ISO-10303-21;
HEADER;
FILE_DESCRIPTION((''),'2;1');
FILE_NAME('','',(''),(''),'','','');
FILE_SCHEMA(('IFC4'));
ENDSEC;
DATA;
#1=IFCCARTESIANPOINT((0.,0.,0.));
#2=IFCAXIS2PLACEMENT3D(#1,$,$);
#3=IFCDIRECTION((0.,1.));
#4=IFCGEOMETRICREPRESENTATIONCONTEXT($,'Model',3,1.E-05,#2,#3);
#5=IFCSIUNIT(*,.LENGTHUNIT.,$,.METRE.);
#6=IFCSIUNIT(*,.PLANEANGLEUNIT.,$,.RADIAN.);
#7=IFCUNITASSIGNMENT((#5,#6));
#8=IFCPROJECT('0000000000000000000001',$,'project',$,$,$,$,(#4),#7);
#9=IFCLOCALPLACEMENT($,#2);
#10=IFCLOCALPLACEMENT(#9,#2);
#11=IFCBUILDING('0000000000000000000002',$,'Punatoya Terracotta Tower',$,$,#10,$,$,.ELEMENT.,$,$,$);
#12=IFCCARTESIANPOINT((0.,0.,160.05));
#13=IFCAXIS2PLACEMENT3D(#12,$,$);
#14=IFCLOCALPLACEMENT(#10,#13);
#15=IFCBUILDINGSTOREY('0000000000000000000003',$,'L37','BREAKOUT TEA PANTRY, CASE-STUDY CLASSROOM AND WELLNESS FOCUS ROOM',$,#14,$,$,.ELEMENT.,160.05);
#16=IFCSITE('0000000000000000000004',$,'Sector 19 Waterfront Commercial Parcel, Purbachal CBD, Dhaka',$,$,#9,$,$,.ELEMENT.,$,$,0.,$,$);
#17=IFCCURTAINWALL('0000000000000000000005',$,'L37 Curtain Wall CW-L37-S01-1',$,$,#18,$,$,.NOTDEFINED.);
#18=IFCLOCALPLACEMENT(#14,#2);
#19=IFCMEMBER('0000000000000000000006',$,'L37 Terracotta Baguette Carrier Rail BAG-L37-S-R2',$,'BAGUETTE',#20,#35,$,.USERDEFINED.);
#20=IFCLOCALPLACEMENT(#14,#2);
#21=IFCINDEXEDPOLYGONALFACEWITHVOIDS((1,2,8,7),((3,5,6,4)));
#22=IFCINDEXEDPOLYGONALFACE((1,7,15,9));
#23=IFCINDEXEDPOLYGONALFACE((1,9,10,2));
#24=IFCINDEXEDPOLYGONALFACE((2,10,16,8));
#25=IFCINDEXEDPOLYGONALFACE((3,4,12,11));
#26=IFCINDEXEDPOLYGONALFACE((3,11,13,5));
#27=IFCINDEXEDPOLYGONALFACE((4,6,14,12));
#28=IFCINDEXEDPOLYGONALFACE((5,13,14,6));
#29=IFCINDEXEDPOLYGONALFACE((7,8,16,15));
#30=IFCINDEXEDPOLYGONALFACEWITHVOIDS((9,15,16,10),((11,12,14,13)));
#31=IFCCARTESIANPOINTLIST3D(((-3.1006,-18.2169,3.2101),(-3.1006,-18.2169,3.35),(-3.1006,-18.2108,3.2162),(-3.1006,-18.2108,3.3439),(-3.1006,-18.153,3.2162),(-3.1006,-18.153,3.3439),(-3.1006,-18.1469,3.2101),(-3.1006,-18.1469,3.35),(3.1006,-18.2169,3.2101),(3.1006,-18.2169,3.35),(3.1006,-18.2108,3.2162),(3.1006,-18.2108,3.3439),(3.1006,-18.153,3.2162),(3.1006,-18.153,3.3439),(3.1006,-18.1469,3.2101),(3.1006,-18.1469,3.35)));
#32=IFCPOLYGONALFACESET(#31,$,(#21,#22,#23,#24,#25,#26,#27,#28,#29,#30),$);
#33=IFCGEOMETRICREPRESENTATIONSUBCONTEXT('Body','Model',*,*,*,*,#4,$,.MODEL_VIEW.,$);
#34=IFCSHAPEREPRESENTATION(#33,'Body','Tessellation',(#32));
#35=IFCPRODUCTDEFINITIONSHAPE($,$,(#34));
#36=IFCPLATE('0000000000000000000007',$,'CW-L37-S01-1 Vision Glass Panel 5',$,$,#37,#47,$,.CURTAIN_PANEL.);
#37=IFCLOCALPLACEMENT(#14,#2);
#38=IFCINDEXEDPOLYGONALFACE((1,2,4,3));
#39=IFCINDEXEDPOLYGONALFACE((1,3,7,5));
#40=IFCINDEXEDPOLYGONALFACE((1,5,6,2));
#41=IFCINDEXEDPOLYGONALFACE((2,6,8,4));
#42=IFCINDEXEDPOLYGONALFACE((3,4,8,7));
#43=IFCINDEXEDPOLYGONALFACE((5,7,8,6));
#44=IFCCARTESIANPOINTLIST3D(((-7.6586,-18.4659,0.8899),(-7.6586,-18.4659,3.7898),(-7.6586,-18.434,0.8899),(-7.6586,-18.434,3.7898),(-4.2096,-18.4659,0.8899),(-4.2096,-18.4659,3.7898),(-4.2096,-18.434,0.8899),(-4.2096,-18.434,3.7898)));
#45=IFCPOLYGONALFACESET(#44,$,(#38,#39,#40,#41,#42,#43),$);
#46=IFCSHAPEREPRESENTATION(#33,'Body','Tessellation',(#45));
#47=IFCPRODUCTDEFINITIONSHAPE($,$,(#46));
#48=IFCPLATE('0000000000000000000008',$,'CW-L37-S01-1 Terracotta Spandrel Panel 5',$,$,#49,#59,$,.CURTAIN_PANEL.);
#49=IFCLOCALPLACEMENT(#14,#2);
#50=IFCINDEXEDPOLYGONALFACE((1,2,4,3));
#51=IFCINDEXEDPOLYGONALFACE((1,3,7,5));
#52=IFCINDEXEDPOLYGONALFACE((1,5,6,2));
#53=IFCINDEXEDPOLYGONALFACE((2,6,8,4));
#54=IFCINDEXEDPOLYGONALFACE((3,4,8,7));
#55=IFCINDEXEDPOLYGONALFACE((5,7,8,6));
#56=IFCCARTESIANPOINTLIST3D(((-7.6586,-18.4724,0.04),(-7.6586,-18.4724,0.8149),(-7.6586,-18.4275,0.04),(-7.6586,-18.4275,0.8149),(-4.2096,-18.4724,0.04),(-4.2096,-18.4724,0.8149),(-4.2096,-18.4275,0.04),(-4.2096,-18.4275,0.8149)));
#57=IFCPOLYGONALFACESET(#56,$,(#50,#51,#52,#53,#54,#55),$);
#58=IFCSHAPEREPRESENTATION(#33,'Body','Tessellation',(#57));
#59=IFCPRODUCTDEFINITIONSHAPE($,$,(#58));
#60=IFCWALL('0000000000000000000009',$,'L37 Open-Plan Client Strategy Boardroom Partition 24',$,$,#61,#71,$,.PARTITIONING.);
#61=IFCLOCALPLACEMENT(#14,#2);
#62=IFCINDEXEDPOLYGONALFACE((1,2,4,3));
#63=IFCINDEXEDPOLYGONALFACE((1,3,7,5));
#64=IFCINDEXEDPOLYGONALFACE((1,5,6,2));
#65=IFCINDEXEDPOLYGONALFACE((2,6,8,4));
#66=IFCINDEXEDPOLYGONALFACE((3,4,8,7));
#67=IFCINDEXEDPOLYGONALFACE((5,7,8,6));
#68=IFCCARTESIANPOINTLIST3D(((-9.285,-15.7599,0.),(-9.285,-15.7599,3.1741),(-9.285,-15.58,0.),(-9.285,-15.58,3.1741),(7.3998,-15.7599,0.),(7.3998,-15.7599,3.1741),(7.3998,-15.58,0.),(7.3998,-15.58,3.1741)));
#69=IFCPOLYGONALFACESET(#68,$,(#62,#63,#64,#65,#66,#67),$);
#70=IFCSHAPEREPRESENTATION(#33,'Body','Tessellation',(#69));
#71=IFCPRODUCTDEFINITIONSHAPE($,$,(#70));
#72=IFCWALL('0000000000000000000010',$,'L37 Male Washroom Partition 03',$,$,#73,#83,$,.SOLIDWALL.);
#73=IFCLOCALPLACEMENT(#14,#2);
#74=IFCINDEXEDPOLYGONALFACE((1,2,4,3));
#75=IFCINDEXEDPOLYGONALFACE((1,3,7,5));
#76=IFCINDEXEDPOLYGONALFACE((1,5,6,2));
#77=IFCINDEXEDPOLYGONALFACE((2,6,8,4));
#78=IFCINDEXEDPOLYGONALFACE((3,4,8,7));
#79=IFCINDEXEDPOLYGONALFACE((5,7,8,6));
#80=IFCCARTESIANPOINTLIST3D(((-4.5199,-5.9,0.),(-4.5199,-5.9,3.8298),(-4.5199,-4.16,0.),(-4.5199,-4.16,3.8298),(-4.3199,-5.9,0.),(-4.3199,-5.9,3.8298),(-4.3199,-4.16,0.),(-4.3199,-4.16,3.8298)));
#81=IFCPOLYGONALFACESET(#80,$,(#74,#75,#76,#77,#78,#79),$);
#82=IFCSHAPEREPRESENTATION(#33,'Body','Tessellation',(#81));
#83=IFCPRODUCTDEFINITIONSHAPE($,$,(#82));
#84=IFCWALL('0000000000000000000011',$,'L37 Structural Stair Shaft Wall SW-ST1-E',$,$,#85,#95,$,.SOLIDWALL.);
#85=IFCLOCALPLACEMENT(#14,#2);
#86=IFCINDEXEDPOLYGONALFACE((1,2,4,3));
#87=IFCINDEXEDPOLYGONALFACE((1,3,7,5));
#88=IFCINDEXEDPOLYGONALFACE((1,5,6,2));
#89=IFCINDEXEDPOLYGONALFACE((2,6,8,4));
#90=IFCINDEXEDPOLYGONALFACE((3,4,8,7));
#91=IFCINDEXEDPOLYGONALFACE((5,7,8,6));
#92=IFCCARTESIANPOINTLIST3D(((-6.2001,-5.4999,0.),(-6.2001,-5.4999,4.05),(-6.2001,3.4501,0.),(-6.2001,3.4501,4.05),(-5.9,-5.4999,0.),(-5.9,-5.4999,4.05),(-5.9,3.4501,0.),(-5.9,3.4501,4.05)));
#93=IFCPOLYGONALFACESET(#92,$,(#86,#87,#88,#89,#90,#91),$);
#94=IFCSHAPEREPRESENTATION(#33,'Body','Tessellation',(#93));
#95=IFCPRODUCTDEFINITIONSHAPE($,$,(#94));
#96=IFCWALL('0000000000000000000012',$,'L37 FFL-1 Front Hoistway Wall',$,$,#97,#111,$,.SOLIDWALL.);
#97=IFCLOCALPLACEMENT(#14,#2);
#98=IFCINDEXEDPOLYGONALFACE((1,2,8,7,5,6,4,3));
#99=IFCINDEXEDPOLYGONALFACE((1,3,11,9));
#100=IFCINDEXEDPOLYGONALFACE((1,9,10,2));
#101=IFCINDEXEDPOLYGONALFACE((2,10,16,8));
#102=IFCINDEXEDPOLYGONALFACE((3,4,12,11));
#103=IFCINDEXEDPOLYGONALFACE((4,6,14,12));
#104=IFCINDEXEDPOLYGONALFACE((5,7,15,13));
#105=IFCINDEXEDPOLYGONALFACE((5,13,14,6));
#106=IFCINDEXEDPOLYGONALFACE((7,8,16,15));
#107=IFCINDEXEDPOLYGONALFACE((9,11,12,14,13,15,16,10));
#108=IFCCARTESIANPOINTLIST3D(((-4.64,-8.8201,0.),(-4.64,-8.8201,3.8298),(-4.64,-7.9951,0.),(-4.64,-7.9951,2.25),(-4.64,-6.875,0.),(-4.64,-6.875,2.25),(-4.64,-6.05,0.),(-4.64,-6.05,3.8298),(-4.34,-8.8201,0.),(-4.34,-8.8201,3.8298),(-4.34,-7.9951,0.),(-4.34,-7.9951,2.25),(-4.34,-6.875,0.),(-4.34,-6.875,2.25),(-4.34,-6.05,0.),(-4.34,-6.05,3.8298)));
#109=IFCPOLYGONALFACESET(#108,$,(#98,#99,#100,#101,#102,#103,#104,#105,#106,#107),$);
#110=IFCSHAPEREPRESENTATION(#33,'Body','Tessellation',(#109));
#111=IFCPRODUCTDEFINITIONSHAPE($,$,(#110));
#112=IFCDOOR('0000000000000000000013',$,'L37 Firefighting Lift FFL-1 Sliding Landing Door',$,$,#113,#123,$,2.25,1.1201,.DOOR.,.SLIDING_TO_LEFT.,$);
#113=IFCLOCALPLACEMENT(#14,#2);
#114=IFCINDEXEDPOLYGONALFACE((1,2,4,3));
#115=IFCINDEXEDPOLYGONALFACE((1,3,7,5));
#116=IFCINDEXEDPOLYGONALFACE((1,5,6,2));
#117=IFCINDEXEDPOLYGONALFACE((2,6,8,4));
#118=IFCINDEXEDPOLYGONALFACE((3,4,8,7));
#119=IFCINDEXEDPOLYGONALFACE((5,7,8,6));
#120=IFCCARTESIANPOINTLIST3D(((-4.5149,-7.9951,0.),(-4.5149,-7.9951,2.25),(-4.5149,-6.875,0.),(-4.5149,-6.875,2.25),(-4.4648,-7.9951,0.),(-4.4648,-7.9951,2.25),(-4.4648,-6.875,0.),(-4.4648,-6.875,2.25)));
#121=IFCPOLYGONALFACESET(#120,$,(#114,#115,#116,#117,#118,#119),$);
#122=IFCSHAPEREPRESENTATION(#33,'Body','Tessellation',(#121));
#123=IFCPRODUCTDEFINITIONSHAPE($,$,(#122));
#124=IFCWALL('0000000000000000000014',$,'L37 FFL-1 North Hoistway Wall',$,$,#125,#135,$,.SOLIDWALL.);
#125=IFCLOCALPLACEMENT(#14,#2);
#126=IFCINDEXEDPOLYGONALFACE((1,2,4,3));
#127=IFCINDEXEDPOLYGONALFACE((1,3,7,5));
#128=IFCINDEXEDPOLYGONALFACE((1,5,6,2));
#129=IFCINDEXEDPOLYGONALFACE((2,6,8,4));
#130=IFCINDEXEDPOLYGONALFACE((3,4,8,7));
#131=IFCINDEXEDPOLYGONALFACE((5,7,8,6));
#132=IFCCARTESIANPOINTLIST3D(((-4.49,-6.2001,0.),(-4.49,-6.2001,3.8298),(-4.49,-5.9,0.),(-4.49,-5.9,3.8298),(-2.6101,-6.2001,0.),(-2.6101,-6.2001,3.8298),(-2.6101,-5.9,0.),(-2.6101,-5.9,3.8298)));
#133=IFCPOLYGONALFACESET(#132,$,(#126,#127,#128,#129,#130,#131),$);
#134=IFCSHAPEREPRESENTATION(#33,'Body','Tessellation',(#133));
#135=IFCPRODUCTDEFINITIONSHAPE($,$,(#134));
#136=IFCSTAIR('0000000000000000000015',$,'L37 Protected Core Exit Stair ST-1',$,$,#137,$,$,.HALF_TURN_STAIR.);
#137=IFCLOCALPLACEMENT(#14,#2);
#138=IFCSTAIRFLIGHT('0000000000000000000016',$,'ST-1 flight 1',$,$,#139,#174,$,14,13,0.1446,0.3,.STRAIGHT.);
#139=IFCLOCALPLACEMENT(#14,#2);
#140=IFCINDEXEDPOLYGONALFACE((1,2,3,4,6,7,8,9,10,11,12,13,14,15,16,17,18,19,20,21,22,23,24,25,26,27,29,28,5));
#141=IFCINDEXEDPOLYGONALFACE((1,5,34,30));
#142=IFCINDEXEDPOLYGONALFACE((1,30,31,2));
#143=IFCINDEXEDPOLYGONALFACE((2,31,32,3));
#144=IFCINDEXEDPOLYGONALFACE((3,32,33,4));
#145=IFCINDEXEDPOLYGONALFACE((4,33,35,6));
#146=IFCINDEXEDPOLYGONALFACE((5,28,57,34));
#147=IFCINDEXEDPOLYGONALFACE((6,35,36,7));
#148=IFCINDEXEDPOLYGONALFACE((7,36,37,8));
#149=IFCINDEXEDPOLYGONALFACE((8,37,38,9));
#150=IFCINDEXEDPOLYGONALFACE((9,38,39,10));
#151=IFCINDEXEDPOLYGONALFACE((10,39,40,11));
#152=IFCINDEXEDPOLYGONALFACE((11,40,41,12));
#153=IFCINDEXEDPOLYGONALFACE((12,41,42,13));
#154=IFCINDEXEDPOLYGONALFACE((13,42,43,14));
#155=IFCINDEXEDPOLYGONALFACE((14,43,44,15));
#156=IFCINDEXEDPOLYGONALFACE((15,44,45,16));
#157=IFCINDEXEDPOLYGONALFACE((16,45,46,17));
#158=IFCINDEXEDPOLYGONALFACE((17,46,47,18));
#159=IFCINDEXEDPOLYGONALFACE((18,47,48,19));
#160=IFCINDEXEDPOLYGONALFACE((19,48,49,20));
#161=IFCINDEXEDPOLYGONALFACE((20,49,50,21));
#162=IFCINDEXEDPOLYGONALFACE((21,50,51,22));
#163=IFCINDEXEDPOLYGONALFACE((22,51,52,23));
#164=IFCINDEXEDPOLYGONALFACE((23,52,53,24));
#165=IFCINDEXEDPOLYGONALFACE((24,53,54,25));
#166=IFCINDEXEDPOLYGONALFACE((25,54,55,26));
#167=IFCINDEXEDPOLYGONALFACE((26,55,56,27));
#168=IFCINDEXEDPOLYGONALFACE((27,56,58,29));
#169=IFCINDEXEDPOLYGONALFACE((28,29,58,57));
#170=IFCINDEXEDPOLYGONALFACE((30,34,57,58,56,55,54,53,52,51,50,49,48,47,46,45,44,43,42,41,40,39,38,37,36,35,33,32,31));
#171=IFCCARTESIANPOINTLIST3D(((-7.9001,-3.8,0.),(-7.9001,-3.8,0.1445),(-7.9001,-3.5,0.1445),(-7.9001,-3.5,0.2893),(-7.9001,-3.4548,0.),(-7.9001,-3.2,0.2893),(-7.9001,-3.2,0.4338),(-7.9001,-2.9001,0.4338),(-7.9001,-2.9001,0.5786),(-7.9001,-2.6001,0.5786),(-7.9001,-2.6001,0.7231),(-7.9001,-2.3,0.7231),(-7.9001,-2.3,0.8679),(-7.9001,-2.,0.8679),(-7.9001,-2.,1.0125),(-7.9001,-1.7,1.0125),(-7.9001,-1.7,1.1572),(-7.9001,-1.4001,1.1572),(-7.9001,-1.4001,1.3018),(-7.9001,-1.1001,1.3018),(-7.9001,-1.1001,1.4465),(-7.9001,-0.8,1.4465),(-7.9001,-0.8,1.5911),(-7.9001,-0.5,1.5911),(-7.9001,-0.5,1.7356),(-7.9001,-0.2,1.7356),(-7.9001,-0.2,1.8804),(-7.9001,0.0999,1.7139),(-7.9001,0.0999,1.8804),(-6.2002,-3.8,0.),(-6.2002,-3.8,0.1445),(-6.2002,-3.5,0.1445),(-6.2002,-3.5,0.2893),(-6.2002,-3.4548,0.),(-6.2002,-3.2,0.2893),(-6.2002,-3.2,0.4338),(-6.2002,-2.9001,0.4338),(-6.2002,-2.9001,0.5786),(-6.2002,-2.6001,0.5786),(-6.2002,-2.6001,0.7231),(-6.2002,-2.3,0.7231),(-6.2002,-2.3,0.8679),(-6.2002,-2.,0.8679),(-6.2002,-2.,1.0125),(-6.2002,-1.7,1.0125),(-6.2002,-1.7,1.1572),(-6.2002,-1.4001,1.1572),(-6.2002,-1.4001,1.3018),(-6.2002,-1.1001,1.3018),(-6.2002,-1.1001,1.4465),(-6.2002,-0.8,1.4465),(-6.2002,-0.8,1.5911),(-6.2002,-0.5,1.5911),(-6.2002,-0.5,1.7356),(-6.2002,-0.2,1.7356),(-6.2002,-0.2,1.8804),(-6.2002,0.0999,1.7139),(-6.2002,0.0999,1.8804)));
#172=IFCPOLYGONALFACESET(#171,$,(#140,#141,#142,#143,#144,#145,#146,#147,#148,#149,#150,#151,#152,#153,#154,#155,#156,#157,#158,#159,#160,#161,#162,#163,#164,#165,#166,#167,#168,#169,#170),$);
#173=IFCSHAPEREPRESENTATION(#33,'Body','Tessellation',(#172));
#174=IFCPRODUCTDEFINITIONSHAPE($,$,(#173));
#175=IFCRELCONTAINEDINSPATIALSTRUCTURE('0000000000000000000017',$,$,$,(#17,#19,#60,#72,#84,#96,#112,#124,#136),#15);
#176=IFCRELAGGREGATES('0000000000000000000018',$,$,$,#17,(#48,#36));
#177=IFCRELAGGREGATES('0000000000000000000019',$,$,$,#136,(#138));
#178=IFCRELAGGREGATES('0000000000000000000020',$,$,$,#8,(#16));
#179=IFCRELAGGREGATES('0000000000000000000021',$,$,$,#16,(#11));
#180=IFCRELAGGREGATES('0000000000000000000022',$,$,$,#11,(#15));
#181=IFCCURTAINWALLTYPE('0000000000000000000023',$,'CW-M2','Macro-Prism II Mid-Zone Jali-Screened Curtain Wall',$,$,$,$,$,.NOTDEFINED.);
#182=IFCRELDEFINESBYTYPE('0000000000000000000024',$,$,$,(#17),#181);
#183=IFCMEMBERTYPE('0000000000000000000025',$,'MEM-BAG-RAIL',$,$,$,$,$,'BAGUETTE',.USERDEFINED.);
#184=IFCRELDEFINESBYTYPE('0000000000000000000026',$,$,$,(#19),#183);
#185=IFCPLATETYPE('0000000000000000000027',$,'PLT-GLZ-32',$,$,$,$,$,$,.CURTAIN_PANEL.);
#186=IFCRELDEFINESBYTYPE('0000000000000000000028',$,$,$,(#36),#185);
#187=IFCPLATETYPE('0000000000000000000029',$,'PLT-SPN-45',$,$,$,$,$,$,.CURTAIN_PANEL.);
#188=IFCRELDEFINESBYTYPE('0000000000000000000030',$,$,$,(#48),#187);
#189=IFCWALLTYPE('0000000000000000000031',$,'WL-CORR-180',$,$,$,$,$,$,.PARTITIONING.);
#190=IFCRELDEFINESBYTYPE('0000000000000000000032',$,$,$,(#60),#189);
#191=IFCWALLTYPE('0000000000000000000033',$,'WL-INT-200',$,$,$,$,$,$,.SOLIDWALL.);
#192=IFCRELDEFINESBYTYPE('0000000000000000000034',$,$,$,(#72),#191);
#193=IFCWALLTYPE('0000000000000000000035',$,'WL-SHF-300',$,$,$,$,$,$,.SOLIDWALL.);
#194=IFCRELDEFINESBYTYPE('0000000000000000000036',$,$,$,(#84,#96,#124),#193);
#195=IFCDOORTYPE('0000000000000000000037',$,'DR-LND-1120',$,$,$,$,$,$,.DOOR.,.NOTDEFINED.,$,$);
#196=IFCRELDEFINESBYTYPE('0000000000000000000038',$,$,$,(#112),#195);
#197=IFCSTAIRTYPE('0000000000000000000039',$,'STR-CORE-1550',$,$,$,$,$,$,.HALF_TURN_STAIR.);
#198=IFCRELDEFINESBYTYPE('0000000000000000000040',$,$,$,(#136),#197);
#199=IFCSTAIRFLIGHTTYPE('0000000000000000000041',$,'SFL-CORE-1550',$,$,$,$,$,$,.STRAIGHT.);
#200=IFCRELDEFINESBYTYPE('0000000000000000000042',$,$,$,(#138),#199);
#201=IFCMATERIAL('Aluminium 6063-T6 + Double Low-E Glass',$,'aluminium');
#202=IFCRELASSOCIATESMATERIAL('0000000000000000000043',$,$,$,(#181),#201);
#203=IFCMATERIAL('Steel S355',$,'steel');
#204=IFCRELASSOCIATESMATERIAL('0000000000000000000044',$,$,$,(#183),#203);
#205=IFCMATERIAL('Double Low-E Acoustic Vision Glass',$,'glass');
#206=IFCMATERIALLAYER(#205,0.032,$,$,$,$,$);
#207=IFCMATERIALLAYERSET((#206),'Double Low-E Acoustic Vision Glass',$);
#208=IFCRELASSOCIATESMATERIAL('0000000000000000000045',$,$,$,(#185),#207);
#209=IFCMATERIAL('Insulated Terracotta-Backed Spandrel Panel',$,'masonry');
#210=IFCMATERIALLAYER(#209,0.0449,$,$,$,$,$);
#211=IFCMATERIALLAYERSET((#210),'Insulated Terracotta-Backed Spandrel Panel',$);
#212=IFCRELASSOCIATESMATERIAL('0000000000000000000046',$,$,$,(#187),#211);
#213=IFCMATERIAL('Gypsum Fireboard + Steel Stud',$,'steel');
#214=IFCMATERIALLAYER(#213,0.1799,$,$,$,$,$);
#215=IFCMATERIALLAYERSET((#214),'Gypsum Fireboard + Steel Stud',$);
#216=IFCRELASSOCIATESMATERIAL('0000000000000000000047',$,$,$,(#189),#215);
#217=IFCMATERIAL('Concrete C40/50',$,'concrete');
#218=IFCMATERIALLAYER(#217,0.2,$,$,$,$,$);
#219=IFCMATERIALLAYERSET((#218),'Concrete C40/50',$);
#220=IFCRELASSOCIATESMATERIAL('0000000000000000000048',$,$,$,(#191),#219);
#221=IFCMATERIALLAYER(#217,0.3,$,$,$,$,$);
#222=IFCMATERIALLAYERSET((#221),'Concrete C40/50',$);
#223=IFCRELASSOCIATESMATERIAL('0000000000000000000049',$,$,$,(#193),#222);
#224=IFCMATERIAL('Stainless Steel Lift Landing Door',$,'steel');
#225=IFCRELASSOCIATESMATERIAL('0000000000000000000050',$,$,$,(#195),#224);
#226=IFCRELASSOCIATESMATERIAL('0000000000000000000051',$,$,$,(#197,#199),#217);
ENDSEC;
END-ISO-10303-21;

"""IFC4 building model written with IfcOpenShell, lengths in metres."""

from ifc_helpers import new_model, si_unit, direction, frame, frame_2d, origin, origin_2d, place, context, subcontext, project, spatial, polyline, rectangle, hollow_rectangle, outline, extrude, material, layer, layer_set, material_profile, profile_set, type_object, element, fill, aggregate, save


model = new_model("IFC4")

# Units and contexts
model_context = context("Model", 3, precision=1e-05, world=origin(), true_north=direction((0.0, 1.0)))
body_context = subcontext(model_context, "Body", "Model", "MODEL_VIEW")
ifc_project = project(units=[si_unit("LENGTHUNIT", "METRE"), si_unit("PLANEANGLEUNIT", "RADIAN")], contexts=[model_context])

# Site, building, storey
site_placement = place(None, origin())
site = spatial("IfcSite", under=ifc_project, at=site_placement, Name="Sector 19 Waterfront Commercial Parcel, Purbachal CBD, Dhaka", CompositionType="ELEMENT", RefElevation=0.0)
building_placement = place(site_placement, origin())
building = spatial("IfcBuilding", under=site, at=building_placement, Name="Punatoya Terracotta Tower", CompositionType="ELEMENT")
storey_placement = place(building_placement, frame((0.0, 0.0, 160.05)))
storey = spatial("IfcBuildingStorey", under=building, at=storey_placement, Name="L37", Description="BREAKOUT TEA PANTRY, CASE-STUDY CLASSROOM AND WELLNESS FOCUS ROOM", CompositionType="ELEMENT", Elevation=160.05)

# Shared definitions
ifc_material_1 = material(Name="Steel S355", Category="steel")

# Curtain wall
ifc_material_2 = material(Name="Aluminium 6063-T6 + Double Low-E Glass", Category="aluminium")
curtain_wall_type = type_object("IfcCurtainWallType", Name="CW-M2", Description="Macro-Prism II Mid-Zone Jali-Screened Curtain Wall", PredefinedType="NOTDEFINED", material=ifc_material_2)
curtain_wall_placement = place(storey_placement, origin())
curtain_wall = element("IfcCurtainWall", 1, at=curtain_wall_placement, inside=storey, type_object=curtain_wall_type, Name="L37 Curtain Wall CW-L37-S01-1", PredefinedType="NOTDEFINED")

# Member
ifc_material_profile_1 = material_profile(ifc_material_1, hollow_rectangle(XDim=0.0701, YDim=0.1399, WallThickness=0.0061, at=origin_2d()))
ifc_profile_set_1 = profile_set([ifc_material_profile_1], Name="Steel S355")
member_type_1 = type_object("IfcMemberType", Name="MEM-BAG-RAIL", ElementType="BAGUETTE", PredefinedType="USERDEFINED", material=ifc_profile_set_1)
for number, where, z_axis, x_axis, name in (
    (2, (-3.1006, -18.1819, 3.28), (1.0, 0.0, 0.0), (0.0, 1.0, 0.0), "L37 Terracotta Baguette Carrier Rail BAG-L37-S-R2"),
):
    element("IfcMember", number, at=place(storey_placement, frame(where, z_axis=z_axis, x_axis=x_axis)), inside=storey, type_object=member_type_1, Name=name, ObjectType="BAGUETTE", PredefinedType="USERDEFINED", context=body_context, shape_type="SweptSolid", body=[
        extrude(hollow_rectangle(XDim=0.0701, YDim=0.1399, WallThickness=0.0061, at=origin_2d()), origin(), (0.0, 0.0, 1.0), 6.2012),
    ])

# Plates
ifc_material_3 = material(Name="Double Low-E Acoustic Vision Glass", Category="glass")
ifc_layer_1 = layer(ifc_material_3, 0.032)
ifc_layer_set_1 = layer_set([ifc_layer_1], Name="Double Low-E Acoustic Vision Glass")
plate_type_1 = type_object("IfcPlateType", Name="PLT-GLZ-32", PredefinedType="CURTAIN_PANEL", material=ifc_layer_set_1)
plate_1_placement = place(storey_placement, frame((-5.9341, -18.45, 0.8899), z_axis=(0.0, 0.0, 1.0), x_axis=(1.0, 0.0, 0.0)))
plate_1 = element("IfcPlate", 3, at=plate_1_placement, type_object=plate_type_1, Name="CW-L37-S01-1 Vision Glass Panel 5", PredefinedType="CURTAIN_PANEL", context=body_context, shape_type="SweptSolid", body=[
    extrude(rectangle(XDim=3.449, YDim=0.032, at=origin_2d()), origin(), (0.0, 0.0, 1.0), 2.8999),
])
ifc_material_4 = material(Name="Insulated Terracotta-Backed Spandrel Panel", Category="masonry")
ifc_layer_2 = layer(ifc_material_4, 0.0449)
ifc_layer_set_2 = layer_set([ifc_layer_2], Name="Insulated Terracotta-Backed Spandrel Panel")
plate_type_2 = type_object("IfcPlateType", Name="PLT-SPN-45", PredefinedType="CURTAIN_PANEL", material=ifc_layer_set_2)
plate_2_placement = place(storey_placement, frame((-5.9341, -18.45, 0.04), z_axis=(0.0, 0.0, 1.0), x_axis=(1.0, 0.0, 0.0)))
plate_2 = element("IfcPlate", 4, at=plate_2_placement, type_object=plate_type_2, Name="CW-L37-S01-1 Terracotta Spandrel Panel 5", PredefinedType="CURTAIN_PANEL", context=body_context, shape_type="SweptSolid", body=[
    extrude(rectangle(XDim=3.449, YDim=0.0449, at=origin_2d()), origin(), (0.0, 0.0, 1.0), 0.7749),
])
aggregate(curtain_wall, [plate_2, plate_1])

# Walls
ifc_material_5 = material(Name="Gypsum Fireboard + Steel Stud", Category="steel")
ifc_layer_3 = layer(ifc_material_5, 0.1799)
ifc_layer_set_3 = layer_set([ifc_layer_3], Name="Gypsum Fireboard + Steel Stud")
wall_type_1 = type_object("IfcWallType", Name="WL-CORR-180", PredefinedType="PARTITIONING", material=ifc_layer_set_3)
wall_1_placement = place(storey_placement, frame((-9.2849, -15.6699, 0.0), z_axis=(0.0, 0.0, 1.0), x_axis=(1.0, 0.0, 0.0)))
element("IfcWall", 5, at=wall_1_placement, inside=storey, type_object=wall_type_1, Name="L37 Open-Plan Client Strategy Boardroom Partition 24", PredefinedType="PARTITIONING", context=body_context, shape_type="SweptSolid", body=[
    extrude(rectangle(XDim=16.6848, YDim=0.1799, at=frame_2d((8.3423, 0.0))), origin(), (0.0, 0.0, 1.0), 3.1741),
])
ifc_material_6 = material(Name="Concrete C40/50", Category="concrete")
ifc_layer_4 = layer(ifc_material_6, 0.2)
ifc_layer_set_4 = layer_set([ifc_layer_4], Name="Concrete C40/50")
wall_type_2 = type_object("IfcWallType", Name="WL-INT-200", PredefinedType="SOLIDWALL", material=ifc_layer_set_4)
wall_2_placement = place(storey_placement, frame((-4.4199, -4.1599, 0.0), z_axis=(0.0, 0.0, 1.0), x_axis=(0.0, -1.0, 0.0)))
element("IfcWall", 6, at=wall_2_placement, inside=storey, type_object=wall_type_2, Name="L37 Male Washroom Partition 03", PredefinedType="SOLIDWALL", context=body_context, shape_type="SweptSolid", body=[
    extrude(rectangle(XDim=1.74, YDim=0.2, at=frame_2d((0.8701, 0.0))), origin(), (0.0, 0.0, 1.0), 3.8298),
])
ifc_layer_5 = layer(ifc_material_6, 0.3)
ifc_layer_set_5 = layer_set([ifc_layer_5], Name="Concrete C40/50")
wall_type_3 = type_object("IfcWallType", Name="WL-SHF-300", PredefinedType="SOLIDWALL", material=ifc_layer_set_5)
wall_3_placement = place(storey_placement, frame((-6.05, -5.5, 0.0), z_axis=(0.0, 0.0, 1.0), x_axis=(0.0, 1.0, 0.0)))
element("IfcWall", 7, at=wall_3_placement, inside=storey, type_object=wall_type_3, Name="L37 Structural Stair Shaft Wall SW-ST1-E", PredefinedType="SOLIDWALL", context=body_context, shape_type="SweptSolid", body=[
    extrude(rectangle(XDim=8.95, YDim=0.3, at=frame_2d((4.4751, 0.0))), origin(), (0.0, 0.0, 1.0), 4.05),
])

# Wall, opening, door
wall_4_placement = place(storey_placement, frame((-4.49, -8.8201, 0.0), z_axis=(0.0, 0.0, 1.0), x_axis=(0.0, 1.0, 0.0)))
wall_4 = element("IfcWall", 8, at=wall_4_placement, inside=storey, type_object=wall_type_3, Name="L37 FFL-1 Front Hoistway Wall", PredefinedType="SOLIDWALL", context=body_context, shape_type="SweptSolid", body=[
    extrude(rectangle(XDim=2.77, YDim=0.3, at=frame_2d((1.385, 0.0))), origin(), (0.0, 0.0, 1.0), 3.8298),
])
opening_placement = place(wall_4_placement, frame((0.825, 0.0, 0.0)))
opening = element("IfcOpeningElement", 9, at=opening_placement, cuts=wall_4, PredefinedType="OPENING", context=body_context, shape_type="SweptSolid", body=[
    extrude(rectangle(XDim=1.1201, YDim=2.25, at=frame_2d((0.5601, 1.125))), frame((0.0, 0.1599, 0.0), z_axis=(0.0, -1.0, 0.0), x_axis=(1.0, 0.0, 0.0)), (0.0, 0.0, 1.0), 0.3201),
])
ifc_material_7 = material(Name="Stainless Steel Lift Landing Door", Category="steel")
door_type = type_object("IfcDoorType", Name="DR-LND-1120", OperationType="NOTDEFINED", PredefinedType="DOOR", material=ifc_material_7)
door_placement = place(opening_placement, origin())
door = element("IfcDoor", 10, at=door_placement, inside=storey, type_object=door_type, Name="L37 Firefighting Lift FFL-1 Sliding Landing Door", OperationType="SLIDING_TO_LEFT", OverallHeight=2.25, OverallWidth=1.1201, PredefinedType="DOOR", context=body_context, shape_type="SweptSolid", body=[
    extrude(rectangle(XDim=1.1201, YDim=2.25, at=frame_2d((0.5601, 1.125))), frame((0.0, 0.0249, 0.0), z_axis=(0.0, -1.0, 0.0), x_axis=(1.0, 0.0, 0.0)), (0.0, 0.0, 1.0), 0.05),
])
fill(opening, door)

# Wall
wall_5_placement = place(storey_placement, frame((-4.49, -6.05, 0.0), z_axis=(0.0, 0.0, 1.0), x_axis=(1.0, 0.0, 0.0)))
element("IfcWall", 11, at=wall_5_placement, inside=storey, type_object=wall_type_3, Name="L37 FFL-1 North Hoistway Wall", PredefinedType="SOLIDWALL", context=body_context, shape_type="SweptSolid", body=[
    extrude(rectangle(XDim=1.8799, YDim=0.3, at=frame_2d((0.9399, 0.0))), origin(), (0.0, 0.0, 1.0), 3.8298),
])

# Stair, stair flight
stair_type = type_object("IfcStairType", Name="STR-CORE-1550", PredefinedType="HALF_TURN_STAIR", material=ifc_material_6)
stair_placement = place(storey_placement, origin())
stair = element("IfcStair", 12, at=stair_placement, inside=storey, type_object=stair_type, Name="L37 Protected Core Exit Stair ST-1", PredefinedType="HALF_TURN_STAIR")
stair_flight_type = type_object("IfcStairFlightType", Name="SFL-CORE-1550", PredefinedType="STRAIGHT", material=ifc_material_6)
stair_flight_placement = place(storey_placement, frame((-7.05, -3.8, 0.0), z_axis=(0.0, 0.0, 1.0), x_axis=(0.0, 1.0, 0.0)))
stair_flight = element("IfcStairFlight", 13, at=stair_flight_placement, type_object=stair_flight_type, Name="ST-1 flight 1", NumberOfRisers=14, NumberOfTreads=13, PredefinedType="STRAIGHT", RiserHeight=0.1446, TreadLength=0.3, context=body_context, shape_type="SweptSolid", body=[
    extrude(outline(polyline([(0.0, 0.0), (0.0, 0.1445), (0.3, 0.1445), (0.3, 0.2893), (0.6001, 0.2893), (0.6001, 0.4338), (0.8999, 0.4338), (0.8999, 0.5786), (1.2, 0.5786), (1.2, 0.7231), (1.5, 0.7231), (1.5, 0.8679), (1.8, 0.8679), (1.8, 1.0125), (2.1001, 1.0125), (2.1001, 1.1572), (2.3999, 1.1572), (2.3999, 1.3018), (2.7, 1.3018), (2.7, 1.4465), (3.0, 1.4465), (3.0, 1.5911), (3.3, 1.5911), (3.3, 1.7356), (3.6001, 1.7356), (3.6001, 1.8804), (3.8999, 1.8804), (3.8999, 2.0249), (3.8999, 1.7139), (0.3452, 0.0), (0.0, 0.0)])), frame((0.0, 0.8501, 0.0), z_axis=(0.0, -1.0, 0.0), x_axis=(1.0, 0.0, 0.0)), (0.0, 0.0, 1.0), 1.7),
])
aggregate(stair, [stair_flight])

save(model, "model.ifc")
